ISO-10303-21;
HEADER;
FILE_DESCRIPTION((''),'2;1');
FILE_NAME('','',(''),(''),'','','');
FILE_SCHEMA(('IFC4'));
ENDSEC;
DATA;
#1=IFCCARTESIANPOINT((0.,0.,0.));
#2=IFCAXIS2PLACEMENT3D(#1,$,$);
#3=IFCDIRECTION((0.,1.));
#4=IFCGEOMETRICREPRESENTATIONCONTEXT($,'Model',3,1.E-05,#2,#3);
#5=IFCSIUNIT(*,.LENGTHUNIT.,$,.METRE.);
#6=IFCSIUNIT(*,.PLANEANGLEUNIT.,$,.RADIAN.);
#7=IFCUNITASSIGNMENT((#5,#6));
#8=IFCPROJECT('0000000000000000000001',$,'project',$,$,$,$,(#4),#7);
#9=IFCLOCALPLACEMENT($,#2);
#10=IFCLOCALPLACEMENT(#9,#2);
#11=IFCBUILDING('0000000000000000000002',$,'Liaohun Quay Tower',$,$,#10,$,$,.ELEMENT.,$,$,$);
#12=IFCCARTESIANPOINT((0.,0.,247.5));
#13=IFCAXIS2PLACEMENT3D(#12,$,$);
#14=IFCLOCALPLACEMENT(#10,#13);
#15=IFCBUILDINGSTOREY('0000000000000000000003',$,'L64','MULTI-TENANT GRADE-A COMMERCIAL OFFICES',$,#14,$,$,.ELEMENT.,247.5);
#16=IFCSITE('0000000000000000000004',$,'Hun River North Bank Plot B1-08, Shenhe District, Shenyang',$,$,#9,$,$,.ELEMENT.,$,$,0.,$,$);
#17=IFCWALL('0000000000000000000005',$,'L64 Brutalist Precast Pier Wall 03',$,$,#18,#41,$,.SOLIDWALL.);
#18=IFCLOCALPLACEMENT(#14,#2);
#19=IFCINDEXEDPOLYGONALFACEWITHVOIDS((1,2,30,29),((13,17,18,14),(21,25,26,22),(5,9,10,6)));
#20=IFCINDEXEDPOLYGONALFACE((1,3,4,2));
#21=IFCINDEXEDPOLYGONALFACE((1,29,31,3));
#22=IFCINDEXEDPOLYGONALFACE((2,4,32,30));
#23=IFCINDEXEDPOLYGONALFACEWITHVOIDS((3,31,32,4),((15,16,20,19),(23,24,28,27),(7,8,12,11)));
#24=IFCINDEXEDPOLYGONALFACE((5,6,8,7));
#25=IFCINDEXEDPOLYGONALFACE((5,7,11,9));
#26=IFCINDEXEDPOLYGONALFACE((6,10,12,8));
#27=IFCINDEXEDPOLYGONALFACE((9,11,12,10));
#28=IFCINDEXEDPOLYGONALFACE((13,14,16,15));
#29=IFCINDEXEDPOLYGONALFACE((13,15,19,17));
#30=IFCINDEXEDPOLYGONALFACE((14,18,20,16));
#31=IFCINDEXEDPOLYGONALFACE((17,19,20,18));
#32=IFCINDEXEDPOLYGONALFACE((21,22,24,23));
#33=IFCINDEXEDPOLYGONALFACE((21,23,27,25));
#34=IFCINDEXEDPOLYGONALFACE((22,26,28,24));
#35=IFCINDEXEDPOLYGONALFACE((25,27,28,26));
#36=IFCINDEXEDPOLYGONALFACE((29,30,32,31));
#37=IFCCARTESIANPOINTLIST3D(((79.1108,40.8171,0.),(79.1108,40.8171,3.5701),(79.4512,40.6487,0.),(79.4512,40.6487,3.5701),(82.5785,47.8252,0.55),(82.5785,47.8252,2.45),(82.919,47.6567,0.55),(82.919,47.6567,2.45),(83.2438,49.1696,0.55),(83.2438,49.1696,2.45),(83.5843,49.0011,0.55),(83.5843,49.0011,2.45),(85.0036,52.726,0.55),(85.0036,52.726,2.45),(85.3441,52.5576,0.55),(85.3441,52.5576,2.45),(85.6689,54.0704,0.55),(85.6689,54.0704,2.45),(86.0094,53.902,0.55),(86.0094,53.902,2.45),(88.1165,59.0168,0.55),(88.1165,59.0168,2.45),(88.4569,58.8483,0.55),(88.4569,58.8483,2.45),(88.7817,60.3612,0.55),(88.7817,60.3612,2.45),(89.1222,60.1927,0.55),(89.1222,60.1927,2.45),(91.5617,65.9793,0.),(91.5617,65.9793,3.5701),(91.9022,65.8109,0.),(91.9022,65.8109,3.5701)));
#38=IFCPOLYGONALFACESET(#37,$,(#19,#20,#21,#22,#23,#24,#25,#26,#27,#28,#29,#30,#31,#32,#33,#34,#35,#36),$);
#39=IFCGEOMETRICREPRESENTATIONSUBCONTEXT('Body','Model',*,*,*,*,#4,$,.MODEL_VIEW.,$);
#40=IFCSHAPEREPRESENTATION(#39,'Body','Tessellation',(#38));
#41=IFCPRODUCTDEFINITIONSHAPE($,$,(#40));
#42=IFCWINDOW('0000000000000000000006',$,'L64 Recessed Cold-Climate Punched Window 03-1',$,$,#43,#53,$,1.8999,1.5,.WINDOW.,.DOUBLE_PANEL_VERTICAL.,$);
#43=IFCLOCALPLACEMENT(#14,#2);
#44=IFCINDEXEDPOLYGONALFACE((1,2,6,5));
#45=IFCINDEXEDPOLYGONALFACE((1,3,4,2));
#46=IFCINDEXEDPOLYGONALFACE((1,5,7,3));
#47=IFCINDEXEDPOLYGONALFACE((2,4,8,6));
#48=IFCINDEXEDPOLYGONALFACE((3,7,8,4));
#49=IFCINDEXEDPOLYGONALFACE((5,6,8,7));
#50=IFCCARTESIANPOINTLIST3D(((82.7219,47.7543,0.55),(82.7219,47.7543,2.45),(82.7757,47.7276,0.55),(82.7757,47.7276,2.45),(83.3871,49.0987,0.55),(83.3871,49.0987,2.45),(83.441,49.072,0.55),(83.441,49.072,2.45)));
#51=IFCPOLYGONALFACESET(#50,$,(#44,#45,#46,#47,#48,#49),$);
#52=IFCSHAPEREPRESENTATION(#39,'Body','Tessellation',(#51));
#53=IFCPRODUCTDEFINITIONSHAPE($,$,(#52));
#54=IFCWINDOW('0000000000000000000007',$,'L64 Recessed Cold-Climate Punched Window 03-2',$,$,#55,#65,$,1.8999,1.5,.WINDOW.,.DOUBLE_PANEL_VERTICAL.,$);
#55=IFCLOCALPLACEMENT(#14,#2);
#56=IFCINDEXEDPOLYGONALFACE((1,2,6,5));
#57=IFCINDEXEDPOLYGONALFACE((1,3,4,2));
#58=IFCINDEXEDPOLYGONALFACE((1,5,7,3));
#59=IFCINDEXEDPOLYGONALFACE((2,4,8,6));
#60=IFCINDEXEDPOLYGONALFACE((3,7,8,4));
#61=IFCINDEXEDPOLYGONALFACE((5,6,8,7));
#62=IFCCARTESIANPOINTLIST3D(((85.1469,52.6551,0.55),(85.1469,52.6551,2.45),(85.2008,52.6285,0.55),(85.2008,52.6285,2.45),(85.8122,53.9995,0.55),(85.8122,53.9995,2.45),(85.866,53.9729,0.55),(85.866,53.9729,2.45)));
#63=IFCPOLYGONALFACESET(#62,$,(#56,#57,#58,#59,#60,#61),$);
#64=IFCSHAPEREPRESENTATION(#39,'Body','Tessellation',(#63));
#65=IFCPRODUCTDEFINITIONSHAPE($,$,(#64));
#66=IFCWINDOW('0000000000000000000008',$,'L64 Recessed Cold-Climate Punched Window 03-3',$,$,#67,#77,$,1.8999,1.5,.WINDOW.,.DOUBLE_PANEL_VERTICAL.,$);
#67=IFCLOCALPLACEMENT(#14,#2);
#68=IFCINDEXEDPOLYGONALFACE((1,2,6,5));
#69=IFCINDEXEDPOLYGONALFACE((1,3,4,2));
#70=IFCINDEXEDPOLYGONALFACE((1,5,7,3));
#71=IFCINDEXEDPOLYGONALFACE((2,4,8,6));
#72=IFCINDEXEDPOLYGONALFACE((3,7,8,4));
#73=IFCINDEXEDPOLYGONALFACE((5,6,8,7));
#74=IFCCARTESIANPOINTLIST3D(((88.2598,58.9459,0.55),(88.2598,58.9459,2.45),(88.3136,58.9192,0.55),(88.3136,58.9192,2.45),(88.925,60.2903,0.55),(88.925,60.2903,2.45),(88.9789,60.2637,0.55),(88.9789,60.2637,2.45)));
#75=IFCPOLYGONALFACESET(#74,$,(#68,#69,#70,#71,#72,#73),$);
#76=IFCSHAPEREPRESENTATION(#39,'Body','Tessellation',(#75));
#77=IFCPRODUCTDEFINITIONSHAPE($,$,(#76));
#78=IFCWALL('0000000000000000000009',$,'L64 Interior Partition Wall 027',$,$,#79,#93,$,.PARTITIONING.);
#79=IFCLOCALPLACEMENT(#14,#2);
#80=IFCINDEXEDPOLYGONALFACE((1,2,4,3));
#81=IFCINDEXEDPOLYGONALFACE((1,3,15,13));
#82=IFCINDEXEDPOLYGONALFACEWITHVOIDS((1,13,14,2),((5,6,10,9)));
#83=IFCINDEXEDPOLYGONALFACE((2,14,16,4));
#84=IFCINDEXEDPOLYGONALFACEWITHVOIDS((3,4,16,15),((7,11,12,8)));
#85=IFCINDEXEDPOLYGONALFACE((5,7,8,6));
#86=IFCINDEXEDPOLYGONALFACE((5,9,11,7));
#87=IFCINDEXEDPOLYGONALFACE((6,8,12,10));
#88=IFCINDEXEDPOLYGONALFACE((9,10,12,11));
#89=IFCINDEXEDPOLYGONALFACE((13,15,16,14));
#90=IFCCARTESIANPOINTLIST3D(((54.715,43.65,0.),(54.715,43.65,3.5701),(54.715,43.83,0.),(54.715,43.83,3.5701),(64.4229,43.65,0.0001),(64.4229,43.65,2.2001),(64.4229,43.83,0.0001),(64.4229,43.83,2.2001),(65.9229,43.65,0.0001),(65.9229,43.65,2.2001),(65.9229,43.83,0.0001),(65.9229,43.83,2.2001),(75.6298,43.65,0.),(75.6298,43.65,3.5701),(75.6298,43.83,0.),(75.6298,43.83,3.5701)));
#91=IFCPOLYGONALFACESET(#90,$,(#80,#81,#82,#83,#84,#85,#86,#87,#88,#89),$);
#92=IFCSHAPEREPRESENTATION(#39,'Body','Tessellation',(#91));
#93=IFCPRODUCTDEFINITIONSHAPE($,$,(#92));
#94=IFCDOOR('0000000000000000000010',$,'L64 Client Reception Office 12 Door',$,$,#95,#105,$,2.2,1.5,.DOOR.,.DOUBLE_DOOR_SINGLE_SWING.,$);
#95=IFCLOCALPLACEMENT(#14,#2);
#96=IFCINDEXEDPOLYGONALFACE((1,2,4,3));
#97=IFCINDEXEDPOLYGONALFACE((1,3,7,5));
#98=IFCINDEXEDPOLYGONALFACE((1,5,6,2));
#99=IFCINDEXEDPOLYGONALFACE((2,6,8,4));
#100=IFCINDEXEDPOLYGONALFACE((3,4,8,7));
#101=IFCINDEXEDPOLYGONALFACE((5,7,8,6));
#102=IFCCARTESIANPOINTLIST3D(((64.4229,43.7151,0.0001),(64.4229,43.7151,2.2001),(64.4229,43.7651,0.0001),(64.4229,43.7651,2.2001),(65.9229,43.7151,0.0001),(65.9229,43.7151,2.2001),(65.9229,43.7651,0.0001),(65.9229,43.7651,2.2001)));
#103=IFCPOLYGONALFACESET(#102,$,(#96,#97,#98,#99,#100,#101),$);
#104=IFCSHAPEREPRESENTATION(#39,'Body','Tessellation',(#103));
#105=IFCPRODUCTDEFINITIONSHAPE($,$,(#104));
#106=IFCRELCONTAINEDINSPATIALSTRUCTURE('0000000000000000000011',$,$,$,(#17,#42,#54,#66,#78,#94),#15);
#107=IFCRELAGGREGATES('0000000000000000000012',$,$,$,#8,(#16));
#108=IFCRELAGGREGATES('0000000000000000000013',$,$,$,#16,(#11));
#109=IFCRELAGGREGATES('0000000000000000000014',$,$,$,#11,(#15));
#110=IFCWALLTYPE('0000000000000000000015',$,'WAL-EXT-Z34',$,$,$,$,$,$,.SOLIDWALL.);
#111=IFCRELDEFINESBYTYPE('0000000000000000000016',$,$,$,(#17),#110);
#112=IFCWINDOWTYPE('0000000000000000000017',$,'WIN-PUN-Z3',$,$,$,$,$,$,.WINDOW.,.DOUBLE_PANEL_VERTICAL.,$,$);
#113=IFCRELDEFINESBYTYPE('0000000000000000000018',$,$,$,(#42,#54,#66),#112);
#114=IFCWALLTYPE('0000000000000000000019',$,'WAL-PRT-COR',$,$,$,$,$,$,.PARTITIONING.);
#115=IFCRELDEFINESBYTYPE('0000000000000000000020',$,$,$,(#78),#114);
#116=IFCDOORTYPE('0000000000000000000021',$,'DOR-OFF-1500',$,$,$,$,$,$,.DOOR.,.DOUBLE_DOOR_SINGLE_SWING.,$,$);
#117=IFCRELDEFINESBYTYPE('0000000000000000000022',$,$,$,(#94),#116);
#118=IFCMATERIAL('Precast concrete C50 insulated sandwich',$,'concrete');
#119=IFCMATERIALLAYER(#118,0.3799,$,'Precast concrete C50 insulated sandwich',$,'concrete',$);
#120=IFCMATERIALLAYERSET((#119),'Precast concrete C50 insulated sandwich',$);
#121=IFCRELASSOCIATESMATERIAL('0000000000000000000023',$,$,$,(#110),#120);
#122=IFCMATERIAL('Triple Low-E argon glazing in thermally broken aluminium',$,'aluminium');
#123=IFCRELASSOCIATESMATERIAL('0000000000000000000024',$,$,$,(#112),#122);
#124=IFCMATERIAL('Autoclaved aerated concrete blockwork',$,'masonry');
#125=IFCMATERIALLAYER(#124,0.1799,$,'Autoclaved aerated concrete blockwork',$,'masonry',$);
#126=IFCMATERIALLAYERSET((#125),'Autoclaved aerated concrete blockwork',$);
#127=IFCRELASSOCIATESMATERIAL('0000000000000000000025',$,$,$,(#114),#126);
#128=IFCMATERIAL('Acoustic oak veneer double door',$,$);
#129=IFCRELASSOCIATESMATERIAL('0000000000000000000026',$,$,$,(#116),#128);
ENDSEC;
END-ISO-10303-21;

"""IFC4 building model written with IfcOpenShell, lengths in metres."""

from ifc_helpers import new_model, si_unit, direction, frame, frame_2d, origin, place, context, subcontext, project, spatial, rectangle, extrude, source, transform, mapped, material, layer, layer_set, type_object, element, fill, save


model = new_model("IFC4")

# Units and contexts
model_context = context("Model", 3, precision=1e-05, world=origin(), true_north=direction((0.0, 1.0)))
body_context = subcontext(model_context, "Body", "Model", "MODEL_VIEW")
ifc_project = project(units=[si_unit("LENGTHUNIT", "METRE"), si_unit("PLANEANGLEUNIT", "RADIAN")], contexts=[model_context])

# Site, building, storey
site_placement = place(None, origin())
site = spatial("IfcSite", under=ifc_project, at=site_placement, Name="Hun River North Bank Plot B1-08, Shenhe District, Shenyang", CompositionType="ELEMENT", RefElevation=0.0)
building_placement = place(site_placement, origin())
building = spatial("IfcBuilding", under=site, at=building_placement, Name="Liaohun Quay Tower", CompositionType="ELEMENT")
storey_placement = place(building_placement, frame((0.0, 0.0, 247.5)))
storey = spatial("IfcBuildingStorey", under=building, at=storey_placement, Name="L64", Description="MULTI-TENANT GRADE-A COMMERCIAL OFFICES", CompositionType="ELEMENT", Elevation=247.5)

# Shared definitions
ifc_material_1 = material(Name="Precast concrete C50 insulated sandwich", Category="concrete")
ifc_layer_1 = layer(ifc_material_1, 0.3799, Name="Precast concrete C50 insulated sandwich", Category="concrete")
ifc_layer_set_1 = layer_set([ifc_layer_1], Name="Precast concrete C50 insulated sandwich")
wall_type_1 = type_object("IfcWallType", Name="WAL-EXT-Z34", PredefinedType="SOLIDWALL", material=ifc_layer_set_1)

# Wall, openings, windows
shared_shape_1 = source(origin(), body_context, "Body", "SweptSolid", [
    extrude(rectangle(XDim=1.5, YDim=1.8999, at=frame_2d((0.75, 0.95))), frame((0.0, 0.2, 0.0), z_axis=(0.0, -1.0, 0.0), x_axis=(1.0, 0.0, 0.0)), (0.0, 0.0, 1.0), 0.3999),
])
ifc_material_2 = material(Name="Triple Low-E argon glazing in thermally broken aluminium", Category="aluminium")
window_type_1 = type_object("IfcWindowType", Name="WIN-PUN-Z3", PartitioningType="DOUBLE_PANEL_VERTICAL", PredefinedType="WINDOW", material=ifc_material_2)
shared_shape_2 = source(origin(), body_context, "Body", "SweptSolid", [
    extrude(rectangle(XDim=1.5, YDim=1.8999, at=frame_2d((0.75, 0.95))), frame((0.0, 0.03, 0.0), z_axis=(0.0, -1.0, 0.0), x_axis=(1.0, 0.0, 0.0)), (0.0, 0.0, 1.0), 0.0601),
])
wall_1_placement = place(storey_placement, frame((79.281, 40.7329, 0.0), z_axis=(0.0, 0.0, 1.0), x_axis=(0.443502, 0.896274, 0.0)))
wall_1 = element("IfcWall", 1, at=wall_1_placement, inside=storey, type_object=wall_type_1, Name="L64 Brutalist Precast Pier Wall 03", PredefinedType="SOLIDWALL", context=body_context, shape_type="SweptSolid", body=[
    extrude(rectangle(XDim=28.0742, YDim=0.3799, at=frame_2d((14.0371, 0.0))), origin(), (0.0, 0.0, 1.0), 3.5701),
])
opening_1_placement = place(wall_1_placement, frame((7.8191, 0.0, 0.55)))
opening_1 = element("IfcOpeningElement", 2, at=opening_1_placement, cuts=wall_1, PredefinedType="OPENING", context=body_context, shape_type="MappedRepresentation", body=[
    mapped(shared_shape_1, transform((0.0, 0.0, 0.0), x_axis=(1.0, 0.0, 0.0), y_axis=(0.0, 1.0, 0.0), z_axis=(0.0, 0.0, 1.0), scale=1.0)),
])
opening_2_placement = place(wall_1_placement, frame((13.2871, 0.0, 0.55)))
opening_2 = element("IfcOpeningElement", 3, at=opening_2_placement, cuts=wall_1, PredefinedType="OPENING", context=body_context, shape_type="MappedRepresentation", body=[
    mapped(shared_shape_1, transform((0.0, 0.0, 0.0), x_axis=(1.0, 0.0, 0.0), y_axis=(0.0, 1.0, 0.0), z_axis=(0.0, 0.0, 1.0), scale=1.0)),
])
opening_3_placement = place(wall_1_placement, frame((20.3059, 0.0, 0.55)))
opening_3 = element("IfcOpeningElement", 4, at=opening_3_placement, cuts=wall_1, PredefinedType="OPENING", context=body_context, shape_type="MappedRepresentation", body=[
    mapped(shared_shape_1, transform((0.0, 0.0, 0.0), x_axis=(1.0, 0.0, 0.0), y_axis=(0.0, 1.0, 0.0), z_axis=(0.0, 0.0, 1.0), scale=1.0)),
])
window_1_placement = place(opening_1_placement, origin())
window_1 = element("IfcWindow", 5, at=window_1_placement, inside=storey, type_object=window_type_1, Name="L64 Recessed Cold-Climate Punched Window 03-1", OverallHeight=1.8999, OverallWidth=1.5, PartitioningType="DOUBLE_PANEL_VERTICAL", PredefinedType="WINDOW", context=body_context, shape_type="MappedRepresentation", body=[
    mapped(shared_shape_2, transform((0.0, 0.0, 0.0), x_axis=(1.0, 0.0, 0.0), y_axis=(0.0, 1.0, 0.0), z_axis=(0.0, 0.0, 1.0), scale=1.0)),
])
fill(opening_1, window_1)
window_2_placement = place(opening_2_placement, origin())
window_2 = element("IfcWindow", 6, at=window_2_placement, inside=storey, type_object=window_type_1, Name="L64 Recessed Cold-Climate Punched Window 03-2", OverallHeight=1.8999, OverallWidth=1.5, PartitioningType="DOUBLE_PANEL_VERTICAL", PredefinedType="WINDOW", context=body_context, shape_type="MappedRepresentation", body=[
    mapped(shared_shape_2, transform((0.0, 0.0, 0.0), x_axis=(1.0, 0.0, 0.0), y_axis=(0.0, 1.0, 0.0), z_axis=(0.0, 0.0, 1.0), scale=1.0)),
])
fill(opening_2, window_2)
window_3_placement = place(opening_3_placement, origin())
window_3 = element("IfcWindow", 7, at=window_3_placement, inside=storey, type_object=window_type_1, Name="L64 Recessed Cold-Climate Punched Window 03-3", OverallHeight=1.8999, OverallWidth=1.5, PartitioningType="DOUBLE_PANEL_VERTICAL", PredefinedType="WINDOW", context=body_context, shape_type="MappedRepresentation", body=[
    mapped(shared_shape_2, transform((0.0, 0.0, 0.0), x_axis=(1.0, 0.0, 0.0), y_axis=(0.0, 1.0, 0.0), z_axis=(0.0, 0.0, 1.0), scale=1.0)),
])
fill(opening_3, window_3)

# Wall, opening, door
ifc_material_3 = material(Name="Autoclaved aerated concrete blockwork", Category="masonry")
ifc_layer_2 = layer(ifc_material_3, 0.1799, Name="Autoclaved aerated concrete blockwork", Category="masonry")
ifc_layer_set_2 = layer_set([ifc_layer_2], Name="Autoclaved aerated concrete blockwork")
wall_type_2 = type_object("IfcWallType", Name="WAL-PRT-COR", PredefinedType="PARTITIONING", material=ifc_layer_set_2)
wall_2_placement = place(storey_placement, frame((75.6299, 43.74, 0.0), z_axis=(0.0, 0.0, 1.0), x_axis=(-1.0, 0.0, 0.0)))
wall_2 = element("IfcWall", 8, at=wall_2_placement, inside=storey, type_object=wall_type_2, Name="L64 Interior Partition Wall 027", PredefinedType="PARTITIONING", context=body_context, shape_type="SweptSolid", body=[
    extrude(rectangle(XDim=20.9148, YDim=0.1799, at=frame_2d((10.4575, 0.0))), origin(), (0.0, 0.0, 1.0), 3.5701),
])
shared_shape_3 = source(origin(), body_context, "Body", "SweptSolid", [
    extrude(rectangle(XDim=1.5, YDim=2.2, at=frame_2d((0.75, 1.1001))), frame((0.0, 0.0999, 0.0), z_axis=(0.0, -1.0, 0.0), x_axis=(1.0, 0.0, 0.0)), (0.0, 0.0, 1.0), 0.2),
])
opening_4_placement = place(wall_2_placement, frame((9.707, 0.0, 0.0)))
opening_4 = element("IfcOpeningElement", 9, at=opening_4_placement, cuts=wall_2, PredefinedType="OPENING", context=body_context, shape_type="MappedRepresentation", body=[
    mapped(shared_shape_3, transform((0.0, 0.0, 0.0), x_axis=(1.0, 0.0, 0.0), y_axis=(0.0, 1.0, 0.0), z_axis=(0.0, 0.0, 1.0), scale=1.0)),
])
ifc_material_4 = material(Name="Acoustic oak veneer double door")
door_type = type_object("IfcDoorType", Name="DOR-OFF-1500", OperationType="DOUBLE_DOOR_SINGLE_SWING", PredefinedType="DOOR", material=ifc_material_4)
shared_shape_4 = source(origin(), body_context, "Body", "SweptSolid", [
    extrude(rectangle(XDim=1.5, YDim=2.2, at=frame_2d((0.75, 1.1001))), frame((0.0, 0.0249, 0.0), z_axis=(0.0, -1.0, 0.0), x_axis=(1.0, 0.0, 0.0)), (0.0, 0.0, 1.0), 0.05),
])
door_placement = place(opening_4_placement, origin())
door = element("IfcDoor", 10, at=door_placement, inside=storey, type_object=door_type, Name="L64 Client Reception Office 12 Door", OperationType="DOUBLE_DOOR_SINGLE_SWING", OverallHeight=2.2, OverallWidth=1.5, PredefinedType="DOOR", context=body_context, shape_type="MappedRepresentation", body=[
    mapped(shared_shape_4, transform((0.0, 0.0, 0.0), x_axis=(1.0, 0.0, 0.0), y_axis=(0.0, 1.0, 0.0), z_axis=(0.0, 0.0, 1.0), scale=1.0)),
])
fill(opening_4, door)

save(model, "model.ifc")
